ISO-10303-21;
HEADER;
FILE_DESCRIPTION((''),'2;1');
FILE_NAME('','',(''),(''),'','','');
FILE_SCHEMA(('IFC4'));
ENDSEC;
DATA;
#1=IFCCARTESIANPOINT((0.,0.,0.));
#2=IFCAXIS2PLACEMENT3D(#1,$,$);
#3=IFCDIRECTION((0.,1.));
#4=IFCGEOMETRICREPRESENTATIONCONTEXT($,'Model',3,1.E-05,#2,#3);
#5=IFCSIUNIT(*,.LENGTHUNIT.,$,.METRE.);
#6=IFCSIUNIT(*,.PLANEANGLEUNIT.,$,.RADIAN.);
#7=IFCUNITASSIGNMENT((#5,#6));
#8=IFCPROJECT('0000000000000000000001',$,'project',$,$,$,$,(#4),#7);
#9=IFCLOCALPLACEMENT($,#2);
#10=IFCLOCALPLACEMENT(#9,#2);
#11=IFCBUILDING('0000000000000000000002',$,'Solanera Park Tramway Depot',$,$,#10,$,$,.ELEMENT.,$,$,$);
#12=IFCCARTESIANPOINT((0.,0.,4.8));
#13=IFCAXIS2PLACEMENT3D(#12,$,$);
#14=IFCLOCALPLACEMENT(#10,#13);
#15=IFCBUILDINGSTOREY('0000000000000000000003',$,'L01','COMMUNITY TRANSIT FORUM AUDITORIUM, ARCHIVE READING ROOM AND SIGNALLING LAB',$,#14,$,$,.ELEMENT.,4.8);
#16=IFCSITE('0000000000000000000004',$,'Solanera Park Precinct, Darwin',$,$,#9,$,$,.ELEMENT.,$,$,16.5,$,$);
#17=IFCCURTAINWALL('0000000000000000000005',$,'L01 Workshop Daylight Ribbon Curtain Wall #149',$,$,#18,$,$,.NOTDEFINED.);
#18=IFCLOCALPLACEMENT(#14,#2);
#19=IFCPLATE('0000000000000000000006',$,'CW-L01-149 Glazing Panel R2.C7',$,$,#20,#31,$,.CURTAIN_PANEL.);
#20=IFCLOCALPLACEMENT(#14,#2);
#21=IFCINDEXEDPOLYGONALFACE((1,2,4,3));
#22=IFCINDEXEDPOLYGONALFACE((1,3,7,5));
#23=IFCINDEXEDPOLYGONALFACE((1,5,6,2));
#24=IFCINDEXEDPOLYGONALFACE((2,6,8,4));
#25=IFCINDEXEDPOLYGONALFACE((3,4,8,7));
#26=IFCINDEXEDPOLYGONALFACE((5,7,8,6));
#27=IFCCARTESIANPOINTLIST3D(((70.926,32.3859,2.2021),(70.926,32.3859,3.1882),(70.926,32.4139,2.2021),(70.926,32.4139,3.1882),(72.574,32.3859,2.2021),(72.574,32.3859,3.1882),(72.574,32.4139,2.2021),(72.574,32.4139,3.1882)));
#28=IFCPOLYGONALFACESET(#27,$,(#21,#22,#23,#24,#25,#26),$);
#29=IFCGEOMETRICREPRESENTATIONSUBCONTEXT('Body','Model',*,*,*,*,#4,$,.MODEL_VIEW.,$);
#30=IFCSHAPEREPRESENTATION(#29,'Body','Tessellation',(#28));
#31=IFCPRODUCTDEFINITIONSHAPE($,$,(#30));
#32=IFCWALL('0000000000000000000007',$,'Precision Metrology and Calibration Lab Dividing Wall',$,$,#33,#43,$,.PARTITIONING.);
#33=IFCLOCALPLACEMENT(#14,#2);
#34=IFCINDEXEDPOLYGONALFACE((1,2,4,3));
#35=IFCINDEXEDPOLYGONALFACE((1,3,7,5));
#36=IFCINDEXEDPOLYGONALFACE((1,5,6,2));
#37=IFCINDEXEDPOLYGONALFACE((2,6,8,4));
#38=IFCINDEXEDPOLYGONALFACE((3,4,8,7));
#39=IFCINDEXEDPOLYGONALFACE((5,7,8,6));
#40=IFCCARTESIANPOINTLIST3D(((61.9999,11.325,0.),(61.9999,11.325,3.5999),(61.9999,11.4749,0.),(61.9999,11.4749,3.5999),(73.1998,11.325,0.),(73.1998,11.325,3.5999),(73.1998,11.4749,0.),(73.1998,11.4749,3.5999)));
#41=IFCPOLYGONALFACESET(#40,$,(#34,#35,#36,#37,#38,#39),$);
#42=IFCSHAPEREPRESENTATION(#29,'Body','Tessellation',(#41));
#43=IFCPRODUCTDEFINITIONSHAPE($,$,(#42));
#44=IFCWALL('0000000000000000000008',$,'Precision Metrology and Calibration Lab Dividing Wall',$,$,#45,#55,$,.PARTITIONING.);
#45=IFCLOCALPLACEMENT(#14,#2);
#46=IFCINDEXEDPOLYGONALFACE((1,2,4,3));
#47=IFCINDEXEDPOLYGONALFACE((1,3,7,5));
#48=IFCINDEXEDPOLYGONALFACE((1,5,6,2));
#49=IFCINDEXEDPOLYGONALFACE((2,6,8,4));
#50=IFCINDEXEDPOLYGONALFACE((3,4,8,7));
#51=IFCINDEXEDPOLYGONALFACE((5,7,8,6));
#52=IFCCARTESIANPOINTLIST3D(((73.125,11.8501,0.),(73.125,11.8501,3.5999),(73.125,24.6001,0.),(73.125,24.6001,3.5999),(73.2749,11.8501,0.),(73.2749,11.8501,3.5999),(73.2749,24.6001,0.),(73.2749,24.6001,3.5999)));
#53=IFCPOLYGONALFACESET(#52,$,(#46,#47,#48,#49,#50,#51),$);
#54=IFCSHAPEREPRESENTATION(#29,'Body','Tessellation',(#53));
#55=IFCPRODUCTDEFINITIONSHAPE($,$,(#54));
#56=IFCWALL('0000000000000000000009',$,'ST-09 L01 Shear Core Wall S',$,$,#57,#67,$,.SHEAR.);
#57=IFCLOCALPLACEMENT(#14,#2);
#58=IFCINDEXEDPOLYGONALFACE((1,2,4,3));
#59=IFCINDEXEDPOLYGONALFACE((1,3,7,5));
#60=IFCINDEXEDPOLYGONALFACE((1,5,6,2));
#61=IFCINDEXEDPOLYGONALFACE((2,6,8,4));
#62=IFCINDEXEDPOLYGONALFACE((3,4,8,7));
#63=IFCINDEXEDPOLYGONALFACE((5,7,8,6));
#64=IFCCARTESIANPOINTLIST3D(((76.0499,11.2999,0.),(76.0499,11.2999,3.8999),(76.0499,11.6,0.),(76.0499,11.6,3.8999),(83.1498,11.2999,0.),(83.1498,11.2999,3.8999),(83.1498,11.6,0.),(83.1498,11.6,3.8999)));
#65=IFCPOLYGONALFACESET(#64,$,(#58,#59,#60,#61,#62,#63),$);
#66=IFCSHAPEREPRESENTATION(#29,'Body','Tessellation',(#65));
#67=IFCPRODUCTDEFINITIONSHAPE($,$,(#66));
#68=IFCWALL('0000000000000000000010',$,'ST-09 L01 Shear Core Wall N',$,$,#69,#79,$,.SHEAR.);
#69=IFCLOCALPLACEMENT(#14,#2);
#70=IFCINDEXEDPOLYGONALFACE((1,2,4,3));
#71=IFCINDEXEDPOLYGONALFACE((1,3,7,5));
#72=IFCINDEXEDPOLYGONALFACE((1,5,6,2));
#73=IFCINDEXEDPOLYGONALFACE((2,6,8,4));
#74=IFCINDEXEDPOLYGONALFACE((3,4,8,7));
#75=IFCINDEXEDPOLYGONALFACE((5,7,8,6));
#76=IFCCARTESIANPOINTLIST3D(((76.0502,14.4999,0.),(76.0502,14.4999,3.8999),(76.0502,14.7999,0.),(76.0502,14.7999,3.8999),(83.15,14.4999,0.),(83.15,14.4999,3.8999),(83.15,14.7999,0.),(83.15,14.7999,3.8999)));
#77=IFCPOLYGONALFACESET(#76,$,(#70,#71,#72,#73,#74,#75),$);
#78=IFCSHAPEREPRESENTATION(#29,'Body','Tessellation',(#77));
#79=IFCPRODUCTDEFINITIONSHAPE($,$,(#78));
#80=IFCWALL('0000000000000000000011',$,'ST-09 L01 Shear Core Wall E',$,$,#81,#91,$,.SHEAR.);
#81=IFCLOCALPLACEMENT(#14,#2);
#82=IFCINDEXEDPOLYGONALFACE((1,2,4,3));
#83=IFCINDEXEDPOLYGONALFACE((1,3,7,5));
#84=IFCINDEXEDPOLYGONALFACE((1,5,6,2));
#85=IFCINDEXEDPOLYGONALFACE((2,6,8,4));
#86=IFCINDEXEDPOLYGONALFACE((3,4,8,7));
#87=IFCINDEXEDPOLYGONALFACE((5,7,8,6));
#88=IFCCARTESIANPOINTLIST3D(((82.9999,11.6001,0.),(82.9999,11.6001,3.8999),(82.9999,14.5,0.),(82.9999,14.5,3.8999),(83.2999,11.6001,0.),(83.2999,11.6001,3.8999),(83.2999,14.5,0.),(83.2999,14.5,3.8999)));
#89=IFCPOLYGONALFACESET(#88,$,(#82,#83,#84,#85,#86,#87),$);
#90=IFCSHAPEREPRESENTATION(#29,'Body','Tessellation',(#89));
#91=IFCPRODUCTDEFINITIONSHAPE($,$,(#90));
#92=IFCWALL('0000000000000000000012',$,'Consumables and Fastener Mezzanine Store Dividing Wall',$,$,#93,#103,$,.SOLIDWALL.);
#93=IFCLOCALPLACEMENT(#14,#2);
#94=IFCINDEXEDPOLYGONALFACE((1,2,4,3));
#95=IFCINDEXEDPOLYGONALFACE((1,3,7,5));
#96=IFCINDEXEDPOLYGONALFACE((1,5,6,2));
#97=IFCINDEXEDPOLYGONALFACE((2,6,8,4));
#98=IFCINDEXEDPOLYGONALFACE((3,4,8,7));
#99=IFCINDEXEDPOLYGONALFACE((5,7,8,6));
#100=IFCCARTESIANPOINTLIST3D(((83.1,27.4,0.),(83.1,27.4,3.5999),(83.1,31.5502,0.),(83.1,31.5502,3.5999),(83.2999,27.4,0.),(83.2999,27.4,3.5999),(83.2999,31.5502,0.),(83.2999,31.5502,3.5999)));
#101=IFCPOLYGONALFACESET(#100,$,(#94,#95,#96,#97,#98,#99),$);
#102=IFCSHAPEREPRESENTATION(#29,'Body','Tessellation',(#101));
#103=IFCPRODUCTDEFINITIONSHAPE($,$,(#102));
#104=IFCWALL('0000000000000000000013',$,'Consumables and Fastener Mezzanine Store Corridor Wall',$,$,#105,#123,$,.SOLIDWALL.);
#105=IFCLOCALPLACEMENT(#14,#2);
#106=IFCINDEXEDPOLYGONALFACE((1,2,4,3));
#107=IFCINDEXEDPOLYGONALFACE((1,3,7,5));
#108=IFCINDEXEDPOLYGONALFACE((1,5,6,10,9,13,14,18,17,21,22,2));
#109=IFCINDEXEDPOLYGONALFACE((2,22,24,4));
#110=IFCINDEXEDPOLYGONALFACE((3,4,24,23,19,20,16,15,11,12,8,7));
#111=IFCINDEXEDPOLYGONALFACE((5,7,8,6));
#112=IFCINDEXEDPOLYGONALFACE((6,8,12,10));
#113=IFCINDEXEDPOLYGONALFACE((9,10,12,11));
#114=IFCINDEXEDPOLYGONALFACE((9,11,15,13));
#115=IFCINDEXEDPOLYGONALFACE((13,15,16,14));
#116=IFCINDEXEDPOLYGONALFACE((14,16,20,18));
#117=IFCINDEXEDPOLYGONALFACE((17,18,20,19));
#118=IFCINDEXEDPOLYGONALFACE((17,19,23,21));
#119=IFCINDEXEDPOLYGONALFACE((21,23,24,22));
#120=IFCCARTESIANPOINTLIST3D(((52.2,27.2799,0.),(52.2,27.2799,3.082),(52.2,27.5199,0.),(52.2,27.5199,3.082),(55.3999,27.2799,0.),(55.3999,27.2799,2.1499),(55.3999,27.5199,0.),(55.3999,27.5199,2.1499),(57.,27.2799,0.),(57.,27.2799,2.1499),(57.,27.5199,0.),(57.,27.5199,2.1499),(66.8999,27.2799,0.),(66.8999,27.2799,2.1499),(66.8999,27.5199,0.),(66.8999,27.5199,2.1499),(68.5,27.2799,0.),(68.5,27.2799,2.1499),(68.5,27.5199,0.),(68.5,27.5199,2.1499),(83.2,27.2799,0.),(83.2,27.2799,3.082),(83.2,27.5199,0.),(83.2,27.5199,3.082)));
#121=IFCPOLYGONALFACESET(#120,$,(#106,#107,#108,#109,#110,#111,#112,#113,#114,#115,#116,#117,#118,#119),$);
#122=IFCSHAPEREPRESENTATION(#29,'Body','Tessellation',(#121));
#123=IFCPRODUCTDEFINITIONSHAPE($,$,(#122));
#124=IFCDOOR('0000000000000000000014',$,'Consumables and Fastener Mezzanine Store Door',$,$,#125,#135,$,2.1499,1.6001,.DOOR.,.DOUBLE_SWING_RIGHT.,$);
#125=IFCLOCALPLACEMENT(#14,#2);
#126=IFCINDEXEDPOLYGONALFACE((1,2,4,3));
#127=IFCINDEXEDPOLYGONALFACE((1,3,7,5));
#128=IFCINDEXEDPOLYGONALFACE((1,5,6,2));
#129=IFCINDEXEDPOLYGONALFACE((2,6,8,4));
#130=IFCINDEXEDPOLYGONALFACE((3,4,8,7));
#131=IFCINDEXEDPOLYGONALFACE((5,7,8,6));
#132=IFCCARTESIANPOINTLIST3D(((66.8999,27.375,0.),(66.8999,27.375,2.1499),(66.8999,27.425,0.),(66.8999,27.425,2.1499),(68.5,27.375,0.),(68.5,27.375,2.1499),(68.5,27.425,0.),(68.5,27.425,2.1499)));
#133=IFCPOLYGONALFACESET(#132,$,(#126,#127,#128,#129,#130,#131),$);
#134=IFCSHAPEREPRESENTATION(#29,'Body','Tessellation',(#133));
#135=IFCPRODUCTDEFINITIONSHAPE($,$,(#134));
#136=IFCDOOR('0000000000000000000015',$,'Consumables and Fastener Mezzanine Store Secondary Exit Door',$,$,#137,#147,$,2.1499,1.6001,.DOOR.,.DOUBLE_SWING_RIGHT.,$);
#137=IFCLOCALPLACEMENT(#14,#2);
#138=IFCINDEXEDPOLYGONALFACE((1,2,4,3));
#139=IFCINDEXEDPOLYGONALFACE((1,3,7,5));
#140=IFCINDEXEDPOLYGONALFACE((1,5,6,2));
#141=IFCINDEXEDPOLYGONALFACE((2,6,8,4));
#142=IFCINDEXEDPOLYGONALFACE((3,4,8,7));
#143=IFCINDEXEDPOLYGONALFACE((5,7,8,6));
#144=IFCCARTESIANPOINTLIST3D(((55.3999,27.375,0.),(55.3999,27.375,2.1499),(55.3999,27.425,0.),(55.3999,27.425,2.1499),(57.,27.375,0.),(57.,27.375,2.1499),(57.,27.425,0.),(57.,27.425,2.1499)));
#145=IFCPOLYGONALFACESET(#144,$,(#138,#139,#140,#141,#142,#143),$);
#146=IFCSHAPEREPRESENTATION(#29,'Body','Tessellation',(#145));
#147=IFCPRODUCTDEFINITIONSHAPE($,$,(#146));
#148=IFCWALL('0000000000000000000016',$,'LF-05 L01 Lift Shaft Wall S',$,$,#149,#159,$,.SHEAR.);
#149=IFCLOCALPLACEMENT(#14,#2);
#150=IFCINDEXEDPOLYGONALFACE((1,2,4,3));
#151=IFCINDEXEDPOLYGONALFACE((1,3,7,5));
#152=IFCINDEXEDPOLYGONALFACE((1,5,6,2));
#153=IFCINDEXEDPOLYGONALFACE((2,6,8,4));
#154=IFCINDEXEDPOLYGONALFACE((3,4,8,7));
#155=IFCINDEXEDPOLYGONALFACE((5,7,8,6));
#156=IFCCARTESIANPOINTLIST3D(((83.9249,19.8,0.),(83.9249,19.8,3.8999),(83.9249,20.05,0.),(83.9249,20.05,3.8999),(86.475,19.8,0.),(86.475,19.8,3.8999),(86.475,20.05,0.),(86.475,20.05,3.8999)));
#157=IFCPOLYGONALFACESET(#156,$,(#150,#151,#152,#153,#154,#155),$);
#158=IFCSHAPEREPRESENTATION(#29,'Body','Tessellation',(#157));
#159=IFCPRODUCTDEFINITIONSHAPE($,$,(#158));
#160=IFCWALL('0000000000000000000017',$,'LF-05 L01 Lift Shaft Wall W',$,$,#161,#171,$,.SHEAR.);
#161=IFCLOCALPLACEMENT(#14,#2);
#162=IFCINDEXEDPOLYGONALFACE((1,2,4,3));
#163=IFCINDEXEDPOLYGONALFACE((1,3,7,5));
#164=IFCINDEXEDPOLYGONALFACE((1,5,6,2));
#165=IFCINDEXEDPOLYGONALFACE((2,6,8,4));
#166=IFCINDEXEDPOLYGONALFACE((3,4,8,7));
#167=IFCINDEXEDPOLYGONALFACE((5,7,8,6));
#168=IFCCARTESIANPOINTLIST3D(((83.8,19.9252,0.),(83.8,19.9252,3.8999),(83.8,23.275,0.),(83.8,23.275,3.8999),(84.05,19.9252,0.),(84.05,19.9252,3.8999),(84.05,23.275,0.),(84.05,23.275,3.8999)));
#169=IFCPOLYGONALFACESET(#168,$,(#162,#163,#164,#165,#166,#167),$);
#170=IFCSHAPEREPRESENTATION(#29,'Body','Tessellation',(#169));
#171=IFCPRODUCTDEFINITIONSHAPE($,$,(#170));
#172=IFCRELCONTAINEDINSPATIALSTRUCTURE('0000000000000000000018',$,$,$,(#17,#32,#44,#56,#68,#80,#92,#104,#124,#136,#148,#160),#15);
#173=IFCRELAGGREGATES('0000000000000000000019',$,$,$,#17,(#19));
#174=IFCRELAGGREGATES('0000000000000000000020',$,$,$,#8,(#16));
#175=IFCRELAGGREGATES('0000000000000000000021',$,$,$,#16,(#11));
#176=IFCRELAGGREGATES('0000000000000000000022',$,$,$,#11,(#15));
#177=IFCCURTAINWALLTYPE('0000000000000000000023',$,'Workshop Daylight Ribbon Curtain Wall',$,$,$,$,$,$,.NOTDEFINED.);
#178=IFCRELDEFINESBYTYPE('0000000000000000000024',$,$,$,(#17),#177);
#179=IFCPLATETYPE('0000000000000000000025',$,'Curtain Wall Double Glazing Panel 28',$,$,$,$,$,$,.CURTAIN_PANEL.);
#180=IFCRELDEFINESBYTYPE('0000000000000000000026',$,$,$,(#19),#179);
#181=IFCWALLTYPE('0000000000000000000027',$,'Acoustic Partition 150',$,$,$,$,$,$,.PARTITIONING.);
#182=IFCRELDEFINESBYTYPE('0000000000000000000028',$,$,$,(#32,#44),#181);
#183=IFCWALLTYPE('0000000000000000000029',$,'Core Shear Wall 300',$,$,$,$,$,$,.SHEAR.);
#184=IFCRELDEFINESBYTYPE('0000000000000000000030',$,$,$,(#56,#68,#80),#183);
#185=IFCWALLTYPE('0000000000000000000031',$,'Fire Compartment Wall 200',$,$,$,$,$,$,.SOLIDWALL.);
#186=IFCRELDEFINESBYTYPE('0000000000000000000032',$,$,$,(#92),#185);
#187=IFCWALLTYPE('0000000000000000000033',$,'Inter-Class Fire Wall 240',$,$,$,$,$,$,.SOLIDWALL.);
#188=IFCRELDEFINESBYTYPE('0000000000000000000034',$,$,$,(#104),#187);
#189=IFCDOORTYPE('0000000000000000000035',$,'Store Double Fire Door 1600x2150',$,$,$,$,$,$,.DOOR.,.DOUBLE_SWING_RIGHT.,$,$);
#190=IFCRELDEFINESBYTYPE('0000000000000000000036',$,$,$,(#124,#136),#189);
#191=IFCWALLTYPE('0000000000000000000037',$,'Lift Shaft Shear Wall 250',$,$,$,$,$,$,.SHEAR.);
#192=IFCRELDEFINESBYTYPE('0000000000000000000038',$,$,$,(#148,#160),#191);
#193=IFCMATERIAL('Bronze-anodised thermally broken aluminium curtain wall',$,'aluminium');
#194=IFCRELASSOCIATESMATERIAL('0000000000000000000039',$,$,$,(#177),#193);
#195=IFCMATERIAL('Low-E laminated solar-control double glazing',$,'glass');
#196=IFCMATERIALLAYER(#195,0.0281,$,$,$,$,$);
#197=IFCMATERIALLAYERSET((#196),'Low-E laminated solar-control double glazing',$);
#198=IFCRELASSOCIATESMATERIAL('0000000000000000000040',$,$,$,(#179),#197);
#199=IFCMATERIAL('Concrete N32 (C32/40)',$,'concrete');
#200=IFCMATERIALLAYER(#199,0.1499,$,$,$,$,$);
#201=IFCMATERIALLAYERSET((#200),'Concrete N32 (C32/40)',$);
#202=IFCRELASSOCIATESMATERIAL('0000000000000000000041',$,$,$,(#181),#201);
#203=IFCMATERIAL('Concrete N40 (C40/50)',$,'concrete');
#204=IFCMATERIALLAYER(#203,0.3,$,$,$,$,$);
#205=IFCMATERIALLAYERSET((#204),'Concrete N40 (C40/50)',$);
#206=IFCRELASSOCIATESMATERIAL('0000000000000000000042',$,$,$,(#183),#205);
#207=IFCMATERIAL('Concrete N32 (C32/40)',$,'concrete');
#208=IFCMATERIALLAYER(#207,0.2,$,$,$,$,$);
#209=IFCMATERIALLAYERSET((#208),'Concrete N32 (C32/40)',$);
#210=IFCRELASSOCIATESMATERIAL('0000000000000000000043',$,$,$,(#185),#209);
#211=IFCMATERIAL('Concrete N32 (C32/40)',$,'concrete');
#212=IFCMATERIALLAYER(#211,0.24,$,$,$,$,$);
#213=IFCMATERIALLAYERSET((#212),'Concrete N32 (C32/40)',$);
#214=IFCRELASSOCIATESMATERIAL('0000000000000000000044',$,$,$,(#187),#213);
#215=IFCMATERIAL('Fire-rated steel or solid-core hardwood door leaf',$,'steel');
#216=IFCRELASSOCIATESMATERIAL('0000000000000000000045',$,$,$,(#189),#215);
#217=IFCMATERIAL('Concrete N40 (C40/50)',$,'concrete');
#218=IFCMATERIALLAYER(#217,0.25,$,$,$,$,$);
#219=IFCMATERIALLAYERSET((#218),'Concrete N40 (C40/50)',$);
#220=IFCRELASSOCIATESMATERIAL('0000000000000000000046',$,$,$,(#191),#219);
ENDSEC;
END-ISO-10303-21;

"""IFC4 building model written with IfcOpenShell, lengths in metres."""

from ifc_helpers import new_model, si_unit, direction, frame, frame_2d, origin, origin_2d, place, context, subcontext, project, spatial, rectangle, extrude, material, layer, layer_set, type_object, element, fill, aggregate, save


model = new_model("IFC4")

# Units and contexts
model_context = context("Model", 3, precision=1e-05, world=origin(), true_north=direction((0.0, 1.0)))
body_context = subcontext(model_context, "Body", "Model", "MODEL_VIEW")
ifc_project = project(units=[si_unit("LENGTHUNIT", "METRE"), si_unit("PLANEANGLEUNIT", "RADIAN")], contexts=[model_context])

# Site, building, storey
site_placement = place(None, origin())
site = spatial("IfcSite", under=ifc_project, at=site_placement, Name="Solanera Park Precinct, Darwin", CompositionType="ELEMENT", RefElevation=16.5)
building_placement = place(site_placement, origin())
building = spatial("IfcBuilding", under=site, at=building_placement, Name="Solanera Park Tramway Depot", CompositionType="ELEMENT")
storey_placement = place(building_placement, frame((0.0, 0.0, 4.8)))
storey = spatial("IfcBuildingStorey", under=building, at=storey_placement, Name="L01", Description="COMMUNITY TRANSIT FORUM AUDITORIUM, ARCHIVE READING ROOM AND SIGNALLING LAB", CompositionType="ELEMENT", Elevation=4.8)

# Curtain wall
ifc_material_1 = material(Name="Bronze-anodised thermally broken aluminium curtain wall", Category="aluminium")
curtain_wall_type = type_object("IfcCurtainWallType", Name="Workshop Daylight Ribbon Curtain Wall", PredefinedType="NOTDEFINED", material=ifc_material_1)
curtain_wall_placement = place(storey_placement, origin())
curtain_wall = element("IfcCurtainWall", 1, at=curtain_wall_placement, inside=storey, type_object=curtain_wall_type, Name="L01 Workshop Daylight Ribbon Curtain Wall #149", PredefinedType="NOTDEFINED")

# Plate
ifc_material_2 = material(Name="Low-E laminated solar-control double glazing", Category="glass")
ifc_layer_1 = layer(ifc_material_2, 0.0281)
ifc_layer_set_1 = layer_set([ifc_layer_1], Name="Low-E laminated solar-control double glazing")
plate_type = type_object("IfcPlateType", Name="Curtain Wall Double Glazing Panel 28", PredefinedType="CURTAIN_PANEL", material=ifc_layer_set_1)
plate_1_placement = place(storey_placement, frame((71.75, 32.3999, 2.2021), z_axis=(0.0, 0.0, 1.0), x_axis=(1.0, 0.0, 0.0)))
plate_1 = element("IfcPlate", 2, at=plate_1_placement, type_object=plate_type, Name="CW-L01-149 Glazing Panel R2.C7", PredefinedType="CURTAIN_PANEL", context=body_context, shape_type="SweptSolid", body=[
    extrude(rectangle(XDim=1.6479, YDim=0.0281, at=origin_2d()), origin(), (0.0, 0.0, 1.0), 0.9861),
])
aggregate(curtain_wall, [plate_1])

# Walls
ifc_material_3 = material(Name="Concrete N32 (C32/40)", Category="concrete")
ifc_layer_2 = layer(ifc_material_3, 0.1499)
ifc_layer_set_2 = layer_set([ifc_layer_2], Name="Concrete N32 (C32/40)")
wall_type_1 = type_object("IfcWallType", Name="Acoustic Partition 150", PredefinedType="PARTITIONING", material=ifc_layer_set_2)
wall_1_placement = place(storey_placement, frame((73.2, 11.3999, 0.0), z_axis=(0.0, 0.0, 1.0), x_axis=(-1.0, 0.0, 0.0)))
element("IfcWall", 3, at=wall_1_placement, inside=storey, type_object=wall_type_1, Name="Precision Metrology and Calibration Lab Dividing Wall", PredefinedType="PARTITIONING", context=body_context, shape_type="SweptSolid", body=[
    extrude(rectangle(XDim=11.2, YDim=0.1499, at=frame_2d((5.6001, 0.0))), origin(), (0.0, 0.0, 1.0), 3.5999),
])
wall_2_placement = place(storey_placement, frame((73.2, 11.8501, 0.0), z_axis=(0.0, 0.0, 1.0), x_axis=(0.0, 1.0, 0.0)))
element("IfcWall", 4, at=wall_2_placement, inside=storey, type_object=wall_type_1, Name="Precision Metrology and Calibration Lab Dividing Wall", PredefinedType="PARTITIONING", context=body_context, shape_type="SweptSolid", body=[
    extrude(rectangle(XDim=12.75, YDim=0.1499, at=frame_2d((6.375, 0.0))), origin(), (0.0, 0.0, 1.0), 3.5999),
])
ifc_material_4 = material(Name="Concrete N40 (C40/50)", Category="concrete")
ifc_layer_3 = layer(ifc_material_4, 0.3)
ifc_layer_set_3 = layer_set([ifc_layer_3], Name="Concrete N40 (C40/50)")
wall_type_2 = type_object("IfcWallType", Name="Core Shear Wall 300", PredefinedType="SHEAR", material=ifc_layer_set_3)
for number, where, z_axis, x_axis, name in (
    (5, (76.05, 11.45, 0.0), (0.0, 0.0, 1.0), (1.0, 0.0, 0.0), "ST-09 L01 Shear Core Wall S"),
    (6, (83.1499, 14.6499, 0.0), (0.0, 0.0, 1.0), (-1.0, 0.0, 0.0), "ST-09 L01 Shear Core Wall N"),
):
    element("IfcWall", number, at=place(storey_placement, frame(where, z_axis=z_axis, x_axis=x_axis)), inside=storey, type_object=wall_type_2, Name=name, PredefinedType="SHEAR", context=body_context, shape_type="SweptSolid", body=[
        extrude(rectangle(XDim=7.0999, YDim=0.3, at=frame_2d((3.5498, 0.0))), origin(), (0.0, 0.0, 1.0), 3.8999),
    ])
wall_3_placement = place(storey_placement, frame((83.1499, 11.6001, 0.0), z_axis=(0.0, 0.0, 1.0), x_axis=(0.0, 1.0, 0.0)))
element("IfcWall", 7, at=wall_3_placement, inside=storey, type_object=wall_type_2, Name="ST-09 L01 Shear Core Wall E", PredefinedType="SHEAR", context=body_context, shape_type="SweptSolid", body=[
    extrude(rectangle(XDim=2.8999, YDim=0.3, at=frame_2d((1.45, 0.0))), origin(), (0.0, 0.0, 1.0), 3.8999),
])

# Wall
ifc_material_5 = material(Name="Concrete N32 (C32/40)", Category="concrete")
ifc_layer_4 = layer(ifc_material_5, 0.2)
ifc_layer_set_4 = layer_set([ifc_layer_4], Name="Concrete N32 (C32/40)")
wall_type_3 = type_object("IfcWallType", Name="Fire Compartment Wall 200", PredefinedType="SOLIDWALL", material=ifc_layer_set_4)
wall_4_placement = place(storey_placement, frame((83.2, 27.3999, 0.0), z_axis=(0.0, 0.0, 1.0), x_axis=(0.0, 1.0, 0.0)))
element("IfcWall", 8, at=wall_4_placement, inside=storey, type_object=wall_type_3, Name="Consumables and Fastener Mezzanine Store Dividing Wall", PredefinedType="SOLIDWALL", context=body_context, shape_type="SweptSolid", body=[
    extrude(rectangle(XDim=4.1501, YDim=0.2, at=frame_2d((2.0752, 0.0))), origin(), (0.0, 0.0, 1.0), 3.5999),
])

# Wall, openings, doors
ifc_material_6 = material(Name="Concrete N32 (C32/40)", Category="concrete")
ifc_layer_5 = layer(ifc_material_6, 0.24)
ifc_layer_set_5 = layer_set([ifc_layer_5], Name="Concrete N32 (C32/40)")
wall_type_4 = type_object("IfcWallType", Name="Inter-Class Fire Wall 240", PredefinedType="SOLIDWALL", material=ifc_layer_set_5)
wall_5_placement = place(storey_placement, frame((83.2, 27.3999, 0.0), z_axis=(0.0, 0.0, 1.0), x_axis=(-1.0, 0.0, 0.0)))
wall_5 = element("IfcWall", 9, at=wall_5_placement, inside=storey, type_object=wall_type_4, Name="Consumables and Fastener Mezzanine Store Corridor Wall", PredefinedType="SOLIDWALL", context=body_context, shape_type="SweptSolid", body=[
    extrude(rectangle(XDim=31.0, YDim=0.24, at=frame_2d((15.5, 0.0))), origin(), (0.0, 0.0, 1.0), 3.082),
])
opening_1_placement = place(wall_5_placement, frame((14.7, 0.0, 0.0)))
opening_1 = element("IfcOpeningElement", 10, at=opening_1_placement, cuts=wall_5, PredefinedType="OPENING", context=body_context, shape_type="SweptSolid", body=[
    extrude(rectangle(XDim=1.6001, YDim=2.1499, at=frame_2d((0.8, 1.075))), frame((0.0, 0.1299, 0.0), z_axis=(0.0, -1.0, 0.0), x_axis=(1.0, 0.0, 0.0)), (0.0, 0.0, 1.0), 0.26),
])
opening_2_placement = place(wall_5_placement, frame((26.2, 0.0, 0.0)))
opening_2 = element("IfcOpeningElement", 11, at=opening_2_placement, cuts=wall_5, PredefinedType="OPENING", context=body_context, shape_type="SweptSolid", body=[
    extrude(rectangle(XDim=1.6001, YDim=2.1499, at=frame_2d((0.8, 1.075))), frame((0.0, 0.1299, 0.0), z_axis=(0.0, -1.0, 0.0), x_axis=(1.0, 0.0, 0.0)), (0.0, 0.0, 1.0), 0.26),
])
ifc_material_7 = material(Name="Fire-rated steel or solid-core hardwood door leaf", Category="steel")
door_type_1 = type_object("IfcDoorType", Name="Store Double Fire Door 1600x2150", OperationType="DOUBLE_SWING_RIGHT", PredefinedType="DOOR", material=ifc_material_7)
door_1_placement = place(opening_1_placement, origin())
door_1 = element("IfcDoor", 12, at=door_1_placement, inside=storey, type_object=door_type_1, Name="Consumables and Fastener Mezzanine Store Door", OperationType="DOUBLE_SWING_RIGHT", OverallHeight=2.1499, OverallWidth=1.6001, PredefinedType="DOOR", context=body_context, shape_type="SweptSolid", body=[
    extrude(rectangle(XDim=1.6001, YDim=2.1499, at=frame_2d((0.8, 1.075))), frame((0.0, 0.0249, 0.0), z_axis=(0.0, -1.0, 0.0), x_axis=(1.0, 0.0, 0.0)), (0.0, 0.0, 1.0), 0.05),
])
fill(opening_1, door_1)
door_2_placement = place(opening_2_placement, origin())
door_2 = element("IfcDoor", 13, at=door_2_placement, inside=storey, type_object=door_type_1, Name="Consumables and Fastener Mezzanine Store Secondary Exit Door", OperationType="DOUBLE_SWING_RIGHT", OverallHeight=2.1499, OverallWidth=1.6001, PredefinedType="DOOR", context=body_context, shape_type="SweptSolid", body=[
    extrude(rectangle(XDim=1.6001, YDim=2.1499, at=frame_2d((0.8, 1.075))), frame((0.0, 0.0249, 0.0), z_axis=(0.0, -1.0, 0.0), x_axis=(1.0, 0.0, 0.0)), (0.0, 0.0, 1.0), 0.05),
])
fill(opening_2, door_2)

# Walls
ifc_material_8 = material(Name="Concrete N40 (C40/50)", Category="concrete")
ifc_layer_6 = layer(ifc_material_8, 0.25)
ifc_layer_set_6 = layer_set([ifc_layer_6], Name="Concrete N40 (C40/50)")
wall_type_5 = type_object("IfcWallType", Name="Lift Shaft Shear Wall 250", PredefinedType="SHEAR", material=ifc_layer_set_6)
wall_6_placement = place(storey_placement, frame((83.925, 19.925, 0.0), z_axis=(0.0, 0.0, 1.0), x_axis=(1.0, 0.0, 0.0)))
element("IfcWall", 14, at=wall_6_placement, inside=storey, type_object=wall_type_5, Name="LF-05 L01 Lift Shaft Wall S", PredefinedType="SHEAR", context=body_context, shape_type="SweptSolid", body=[
    extrude(rectangle(XDim=2.55, YDim=0.25, at=frame_2d((1.2749, 0.0))), origin(), (0.0, 0.0, 1.0), 3.8999),
])
wall_7_placement = place(storey_placement, frame((83.925, 23.2749, 0.0), z_axis=(0.0, 0.0, 1.0), x_axis=(0.0, -1.0, 0.0)))
element("IfcWall", 15, at=wall_7_placement, inside=storey, type_object=wall_type_5, Name="LF-05 L01 Lift Shaft Wall W", PredefinedType="SHEAR", context=body_context, shape_type="SweptSolid", body=[
    extrude(rectangle(XDim=3.3499, YDim=0.25, at=frame_2d((1.6748, 0.0))), origin(), (0.0, 0.0, 1.0), 3.8999),
])

save(model, "model.ifc")
